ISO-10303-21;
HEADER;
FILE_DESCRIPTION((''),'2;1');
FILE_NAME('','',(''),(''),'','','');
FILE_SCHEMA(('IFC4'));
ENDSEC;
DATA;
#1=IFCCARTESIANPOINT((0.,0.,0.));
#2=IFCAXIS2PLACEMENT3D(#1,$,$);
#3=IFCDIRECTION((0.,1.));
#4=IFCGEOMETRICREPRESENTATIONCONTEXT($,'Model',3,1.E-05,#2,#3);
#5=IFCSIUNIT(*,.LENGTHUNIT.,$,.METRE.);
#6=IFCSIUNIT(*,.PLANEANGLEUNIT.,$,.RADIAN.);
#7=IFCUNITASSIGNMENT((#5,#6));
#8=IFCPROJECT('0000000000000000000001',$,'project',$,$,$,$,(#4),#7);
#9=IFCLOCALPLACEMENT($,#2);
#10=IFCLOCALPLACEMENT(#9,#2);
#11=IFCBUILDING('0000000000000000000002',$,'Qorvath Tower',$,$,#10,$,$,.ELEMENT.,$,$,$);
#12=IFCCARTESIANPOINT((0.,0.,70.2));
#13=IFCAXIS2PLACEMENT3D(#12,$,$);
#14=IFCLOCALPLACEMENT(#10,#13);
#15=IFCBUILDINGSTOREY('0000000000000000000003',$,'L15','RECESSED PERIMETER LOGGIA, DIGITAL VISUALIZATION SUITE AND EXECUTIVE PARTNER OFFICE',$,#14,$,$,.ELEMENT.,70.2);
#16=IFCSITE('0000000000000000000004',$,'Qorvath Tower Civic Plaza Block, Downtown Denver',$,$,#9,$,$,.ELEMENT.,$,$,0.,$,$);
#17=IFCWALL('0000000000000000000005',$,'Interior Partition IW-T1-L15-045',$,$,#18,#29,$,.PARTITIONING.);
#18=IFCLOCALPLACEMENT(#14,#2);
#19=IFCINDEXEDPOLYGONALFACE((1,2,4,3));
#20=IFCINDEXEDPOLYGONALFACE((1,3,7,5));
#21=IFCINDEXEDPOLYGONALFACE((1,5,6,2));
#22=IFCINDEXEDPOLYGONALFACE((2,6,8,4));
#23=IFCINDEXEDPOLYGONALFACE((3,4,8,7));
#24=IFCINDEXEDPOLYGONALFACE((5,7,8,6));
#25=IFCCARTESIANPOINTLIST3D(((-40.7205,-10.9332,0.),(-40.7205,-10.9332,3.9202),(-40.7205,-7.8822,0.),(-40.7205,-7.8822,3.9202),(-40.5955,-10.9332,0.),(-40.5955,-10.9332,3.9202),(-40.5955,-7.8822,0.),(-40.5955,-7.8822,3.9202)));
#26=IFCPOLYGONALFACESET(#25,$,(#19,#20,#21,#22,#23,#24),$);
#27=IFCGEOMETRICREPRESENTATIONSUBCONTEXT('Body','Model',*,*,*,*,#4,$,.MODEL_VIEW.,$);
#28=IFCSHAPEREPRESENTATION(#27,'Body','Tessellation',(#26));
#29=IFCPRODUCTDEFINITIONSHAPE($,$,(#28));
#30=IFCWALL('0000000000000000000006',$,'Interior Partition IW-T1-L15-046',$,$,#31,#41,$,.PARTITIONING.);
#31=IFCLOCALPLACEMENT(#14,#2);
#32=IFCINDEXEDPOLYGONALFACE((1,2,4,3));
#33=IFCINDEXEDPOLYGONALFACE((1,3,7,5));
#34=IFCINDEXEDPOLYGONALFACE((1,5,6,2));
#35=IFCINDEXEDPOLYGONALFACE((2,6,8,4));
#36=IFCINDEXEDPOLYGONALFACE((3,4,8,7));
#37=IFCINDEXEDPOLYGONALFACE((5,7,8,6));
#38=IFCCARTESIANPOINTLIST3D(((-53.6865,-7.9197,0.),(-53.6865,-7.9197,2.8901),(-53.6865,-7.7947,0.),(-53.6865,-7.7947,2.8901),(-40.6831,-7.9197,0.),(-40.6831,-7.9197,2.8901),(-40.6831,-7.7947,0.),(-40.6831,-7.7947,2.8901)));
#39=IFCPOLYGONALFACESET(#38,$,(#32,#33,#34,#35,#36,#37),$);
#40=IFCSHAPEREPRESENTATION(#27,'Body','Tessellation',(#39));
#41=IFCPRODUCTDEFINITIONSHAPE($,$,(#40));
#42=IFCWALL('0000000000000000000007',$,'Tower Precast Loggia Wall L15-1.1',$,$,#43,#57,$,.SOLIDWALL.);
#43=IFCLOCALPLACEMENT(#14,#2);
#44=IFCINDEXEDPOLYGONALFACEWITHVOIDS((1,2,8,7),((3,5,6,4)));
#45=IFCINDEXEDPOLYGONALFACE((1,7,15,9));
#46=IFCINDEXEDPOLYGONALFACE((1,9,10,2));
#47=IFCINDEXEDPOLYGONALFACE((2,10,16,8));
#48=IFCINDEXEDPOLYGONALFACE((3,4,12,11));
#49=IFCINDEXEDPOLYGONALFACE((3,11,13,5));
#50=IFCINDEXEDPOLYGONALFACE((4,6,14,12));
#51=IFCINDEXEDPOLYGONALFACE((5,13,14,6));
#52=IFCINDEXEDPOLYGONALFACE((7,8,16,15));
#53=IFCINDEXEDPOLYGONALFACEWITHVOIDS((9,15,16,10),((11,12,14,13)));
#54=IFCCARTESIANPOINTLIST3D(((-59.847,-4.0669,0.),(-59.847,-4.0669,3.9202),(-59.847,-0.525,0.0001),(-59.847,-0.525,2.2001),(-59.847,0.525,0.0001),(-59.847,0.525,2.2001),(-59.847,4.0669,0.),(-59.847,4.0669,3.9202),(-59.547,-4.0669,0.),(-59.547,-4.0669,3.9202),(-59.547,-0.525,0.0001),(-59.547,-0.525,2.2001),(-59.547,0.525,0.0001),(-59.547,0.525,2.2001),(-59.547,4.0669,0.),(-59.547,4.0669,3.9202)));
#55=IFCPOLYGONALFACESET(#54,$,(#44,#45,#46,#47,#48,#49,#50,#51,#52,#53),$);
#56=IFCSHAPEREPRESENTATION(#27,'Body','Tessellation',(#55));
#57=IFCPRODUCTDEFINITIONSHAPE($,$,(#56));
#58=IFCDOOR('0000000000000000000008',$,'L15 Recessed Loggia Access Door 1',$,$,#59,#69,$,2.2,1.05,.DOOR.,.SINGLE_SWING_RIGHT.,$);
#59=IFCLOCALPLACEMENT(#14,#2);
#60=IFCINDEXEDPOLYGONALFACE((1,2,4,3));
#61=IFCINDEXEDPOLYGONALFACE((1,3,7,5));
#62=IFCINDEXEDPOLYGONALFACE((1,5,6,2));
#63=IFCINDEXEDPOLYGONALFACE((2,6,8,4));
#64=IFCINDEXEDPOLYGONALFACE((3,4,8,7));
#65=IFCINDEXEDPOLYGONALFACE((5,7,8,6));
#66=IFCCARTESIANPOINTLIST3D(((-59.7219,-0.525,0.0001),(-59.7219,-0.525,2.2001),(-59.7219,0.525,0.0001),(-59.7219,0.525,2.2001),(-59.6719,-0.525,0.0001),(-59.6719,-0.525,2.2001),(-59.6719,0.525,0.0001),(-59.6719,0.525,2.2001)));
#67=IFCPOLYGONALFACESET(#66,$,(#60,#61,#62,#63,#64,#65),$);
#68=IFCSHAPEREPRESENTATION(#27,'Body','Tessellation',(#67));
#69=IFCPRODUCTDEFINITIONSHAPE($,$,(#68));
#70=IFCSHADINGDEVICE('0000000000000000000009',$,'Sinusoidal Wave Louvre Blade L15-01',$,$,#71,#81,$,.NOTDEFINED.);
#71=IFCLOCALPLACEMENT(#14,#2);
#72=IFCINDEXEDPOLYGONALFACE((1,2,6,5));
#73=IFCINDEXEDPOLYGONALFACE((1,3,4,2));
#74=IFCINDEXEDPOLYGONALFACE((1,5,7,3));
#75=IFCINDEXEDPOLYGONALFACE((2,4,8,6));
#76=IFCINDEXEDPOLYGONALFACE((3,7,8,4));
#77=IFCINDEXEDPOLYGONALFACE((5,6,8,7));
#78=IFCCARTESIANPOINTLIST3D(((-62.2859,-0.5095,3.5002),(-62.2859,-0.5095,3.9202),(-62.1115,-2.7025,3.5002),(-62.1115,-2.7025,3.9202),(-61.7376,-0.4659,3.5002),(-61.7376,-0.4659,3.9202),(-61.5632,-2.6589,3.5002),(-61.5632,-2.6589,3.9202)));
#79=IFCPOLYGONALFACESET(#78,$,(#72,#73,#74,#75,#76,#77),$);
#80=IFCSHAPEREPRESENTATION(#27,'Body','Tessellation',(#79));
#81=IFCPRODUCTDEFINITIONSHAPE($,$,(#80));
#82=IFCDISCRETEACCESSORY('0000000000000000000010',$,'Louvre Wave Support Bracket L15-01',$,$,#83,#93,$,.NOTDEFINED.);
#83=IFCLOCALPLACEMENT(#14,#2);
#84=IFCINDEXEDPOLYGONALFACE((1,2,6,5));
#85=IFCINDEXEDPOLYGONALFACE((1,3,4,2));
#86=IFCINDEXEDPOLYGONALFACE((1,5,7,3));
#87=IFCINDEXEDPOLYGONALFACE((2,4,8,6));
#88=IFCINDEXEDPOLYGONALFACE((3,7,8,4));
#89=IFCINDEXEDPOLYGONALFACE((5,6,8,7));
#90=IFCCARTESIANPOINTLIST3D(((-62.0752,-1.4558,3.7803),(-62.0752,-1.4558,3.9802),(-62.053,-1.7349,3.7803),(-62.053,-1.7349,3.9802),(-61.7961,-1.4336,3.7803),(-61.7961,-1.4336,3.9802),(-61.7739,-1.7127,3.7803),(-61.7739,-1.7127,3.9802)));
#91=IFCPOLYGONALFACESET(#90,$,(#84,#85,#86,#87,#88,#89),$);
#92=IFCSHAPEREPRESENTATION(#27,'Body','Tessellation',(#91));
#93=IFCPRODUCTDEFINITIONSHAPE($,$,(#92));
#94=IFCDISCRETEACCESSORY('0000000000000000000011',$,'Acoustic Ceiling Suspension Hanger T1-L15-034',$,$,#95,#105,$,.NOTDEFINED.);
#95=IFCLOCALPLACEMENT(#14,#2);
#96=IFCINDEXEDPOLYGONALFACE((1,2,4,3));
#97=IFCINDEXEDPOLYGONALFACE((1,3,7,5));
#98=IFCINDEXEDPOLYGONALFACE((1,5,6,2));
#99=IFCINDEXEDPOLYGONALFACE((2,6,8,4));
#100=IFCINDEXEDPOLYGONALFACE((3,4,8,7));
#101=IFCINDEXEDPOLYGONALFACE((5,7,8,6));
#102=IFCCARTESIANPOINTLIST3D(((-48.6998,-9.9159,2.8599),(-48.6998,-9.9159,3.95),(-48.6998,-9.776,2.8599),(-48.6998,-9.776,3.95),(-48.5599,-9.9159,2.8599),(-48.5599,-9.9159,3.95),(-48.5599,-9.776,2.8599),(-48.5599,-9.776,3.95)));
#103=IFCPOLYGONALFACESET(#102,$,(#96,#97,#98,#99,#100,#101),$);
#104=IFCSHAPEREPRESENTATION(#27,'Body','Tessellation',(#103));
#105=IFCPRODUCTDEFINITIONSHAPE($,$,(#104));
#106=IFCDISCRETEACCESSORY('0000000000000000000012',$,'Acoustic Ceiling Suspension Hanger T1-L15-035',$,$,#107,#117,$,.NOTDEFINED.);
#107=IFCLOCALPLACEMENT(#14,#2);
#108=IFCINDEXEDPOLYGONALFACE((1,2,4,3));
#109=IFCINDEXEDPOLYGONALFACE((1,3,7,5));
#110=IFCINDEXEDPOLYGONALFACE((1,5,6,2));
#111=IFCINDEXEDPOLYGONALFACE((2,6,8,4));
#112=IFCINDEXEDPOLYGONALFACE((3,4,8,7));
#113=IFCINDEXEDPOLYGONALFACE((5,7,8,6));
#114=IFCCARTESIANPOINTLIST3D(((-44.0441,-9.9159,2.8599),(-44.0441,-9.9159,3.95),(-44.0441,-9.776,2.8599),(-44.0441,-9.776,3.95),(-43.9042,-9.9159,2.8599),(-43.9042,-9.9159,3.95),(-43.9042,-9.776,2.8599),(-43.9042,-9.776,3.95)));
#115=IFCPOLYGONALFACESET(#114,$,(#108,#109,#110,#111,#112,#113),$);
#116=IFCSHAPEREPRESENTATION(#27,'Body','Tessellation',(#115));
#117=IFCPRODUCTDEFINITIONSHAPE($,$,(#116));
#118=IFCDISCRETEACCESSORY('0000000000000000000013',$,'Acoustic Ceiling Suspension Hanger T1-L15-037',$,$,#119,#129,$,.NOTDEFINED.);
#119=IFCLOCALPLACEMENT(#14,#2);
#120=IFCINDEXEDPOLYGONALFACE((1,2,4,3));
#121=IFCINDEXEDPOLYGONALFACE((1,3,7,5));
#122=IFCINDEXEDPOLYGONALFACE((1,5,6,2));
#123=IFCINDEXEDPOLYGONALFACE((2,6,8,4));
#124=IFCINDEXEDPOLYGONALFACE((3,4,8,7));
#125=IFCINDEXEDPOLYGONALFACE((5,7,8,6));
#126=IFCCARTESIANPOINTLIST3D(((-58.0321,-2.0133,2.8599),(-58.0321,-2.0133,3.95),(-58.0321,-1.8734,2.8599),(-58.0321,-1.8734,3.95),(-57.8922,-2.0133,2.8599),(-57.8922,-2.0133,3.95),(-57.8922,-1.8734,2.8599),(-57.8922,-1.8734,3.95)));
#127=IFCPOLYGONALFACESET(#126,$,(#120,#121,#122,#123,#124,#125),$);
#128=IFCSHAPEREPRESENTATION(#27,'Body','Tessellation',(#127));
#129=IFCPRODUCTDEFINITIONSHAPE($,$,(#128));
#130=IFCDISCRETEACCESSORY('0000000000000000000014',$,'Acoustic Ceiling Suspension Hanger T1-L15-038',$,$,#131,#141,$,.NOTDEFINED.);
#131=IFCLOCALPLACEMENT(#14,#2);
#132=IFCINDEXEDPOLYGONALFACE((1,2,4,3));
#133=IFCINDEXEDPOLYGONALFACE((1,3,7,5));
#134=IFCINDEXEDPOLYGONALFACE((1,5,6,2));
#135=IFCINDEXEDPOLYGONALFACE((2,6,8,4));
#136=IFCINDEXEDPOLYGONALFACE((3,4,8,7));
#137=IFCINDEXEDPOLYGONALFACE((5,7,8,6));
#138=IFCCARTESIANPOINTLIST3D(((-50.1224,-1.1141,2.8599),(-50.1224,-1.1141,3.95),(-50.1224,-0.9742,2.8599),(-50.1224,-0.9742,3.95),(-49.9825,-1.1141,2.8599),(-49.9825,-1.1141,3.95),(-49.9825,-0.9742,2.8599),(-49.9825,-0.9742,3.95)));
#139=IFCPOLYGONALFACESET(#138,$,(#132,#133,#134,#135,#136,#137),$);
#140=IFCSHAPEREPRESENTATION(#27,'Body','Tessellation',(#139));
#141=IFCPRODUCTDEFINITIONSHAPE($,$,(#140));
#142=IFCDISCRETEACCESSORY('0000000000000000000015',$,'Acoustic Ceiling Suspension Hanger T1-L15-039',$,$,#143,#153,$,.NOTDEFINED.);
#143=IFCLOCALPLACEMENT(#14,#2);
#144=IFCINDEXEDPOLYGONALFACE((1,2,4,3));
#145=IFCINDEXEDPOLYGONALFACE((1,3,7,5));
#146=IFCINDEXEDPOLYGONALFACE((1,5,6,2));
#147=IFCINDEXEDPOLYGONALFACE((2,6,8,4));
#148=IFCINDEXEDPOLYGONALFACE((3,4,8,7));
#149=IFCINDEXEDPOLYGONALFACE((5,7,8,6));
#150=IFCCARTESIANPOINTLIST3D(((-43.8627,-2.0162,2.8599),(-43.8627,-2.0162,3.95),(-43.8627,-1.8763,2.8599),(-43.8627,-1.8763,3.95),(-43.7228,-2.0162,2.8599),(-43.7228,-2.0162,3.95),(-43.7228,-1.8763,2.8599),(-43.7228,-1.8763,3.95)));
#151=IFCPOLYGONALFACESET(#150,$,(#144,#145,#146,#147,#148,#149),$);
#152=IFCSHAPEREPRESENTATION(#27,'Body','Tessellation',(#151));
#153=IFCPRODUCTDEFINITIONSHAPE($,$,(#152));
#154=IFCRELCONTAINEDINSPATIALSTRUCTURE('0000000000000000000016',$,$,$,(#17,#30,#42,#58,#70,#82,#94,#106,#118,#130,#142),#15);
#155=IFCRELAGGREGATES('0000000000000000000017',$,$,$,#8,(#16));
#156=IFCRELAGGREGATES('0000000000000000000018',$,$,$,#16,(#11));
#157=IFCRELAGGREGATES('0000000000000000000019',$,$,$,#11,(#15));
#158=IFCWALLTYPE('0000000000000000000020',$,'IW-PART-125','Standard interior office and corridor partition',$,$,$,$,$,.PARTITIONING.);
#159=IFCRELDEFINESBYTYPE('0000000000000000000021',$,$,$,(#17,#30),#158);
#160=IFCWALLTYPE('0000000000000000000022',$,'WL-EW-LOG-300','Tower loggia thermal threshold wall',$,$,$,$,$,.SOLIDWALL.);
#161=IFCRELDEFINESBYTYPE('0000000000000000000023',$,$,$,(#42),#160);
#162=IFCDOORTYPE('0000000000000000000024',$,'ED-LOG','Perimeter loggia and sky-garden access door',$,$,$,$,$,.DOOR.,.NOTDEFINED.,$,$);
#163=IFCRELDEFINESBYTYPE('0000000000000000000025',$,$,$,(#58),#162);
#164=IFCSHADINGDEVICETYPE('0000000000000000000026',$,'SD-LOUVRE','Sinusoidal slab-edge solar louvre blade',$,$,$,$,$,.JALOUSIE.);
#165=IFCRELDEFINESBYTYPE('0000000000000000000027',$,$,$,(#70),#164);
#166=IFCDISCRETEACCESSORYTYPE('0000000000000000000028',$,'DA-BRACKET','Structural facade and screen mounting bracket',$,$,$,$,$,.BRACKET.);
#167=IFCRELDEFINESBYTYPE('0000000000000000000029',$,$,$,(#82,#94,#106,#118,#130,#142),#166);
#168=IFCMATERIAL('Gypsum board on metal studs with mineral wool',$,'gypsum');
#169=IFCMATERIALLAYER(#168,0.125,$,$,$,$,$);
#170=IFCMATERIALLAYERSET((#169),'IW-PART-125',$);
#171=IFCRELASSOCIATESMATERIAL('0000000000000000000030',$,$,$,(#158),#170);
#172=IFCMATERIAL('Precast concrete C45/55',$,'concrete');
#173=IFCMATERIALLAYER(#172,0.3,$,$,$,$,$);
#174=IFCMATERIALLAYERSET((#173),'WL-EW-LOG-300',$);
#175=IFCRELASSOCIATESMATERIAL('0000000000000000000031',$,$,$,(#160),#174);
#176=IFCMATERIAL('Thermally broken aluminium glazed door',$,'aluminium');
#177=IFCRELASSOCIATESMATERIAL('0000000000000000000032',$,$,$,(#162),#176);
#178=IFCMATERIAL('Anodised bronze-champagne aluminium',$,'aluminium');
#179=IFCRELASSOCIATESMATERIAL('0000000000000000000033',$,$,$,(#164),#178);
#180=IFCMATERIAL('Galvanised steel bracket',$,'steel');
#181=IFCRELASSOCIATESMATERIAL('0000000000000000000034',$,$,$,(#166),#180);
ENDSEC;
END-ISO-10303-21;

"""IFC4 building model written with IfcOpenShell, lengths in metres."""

from ifc_helpers import new_model, si_unit, direction, frame, frame_2d, origin, origin_2d, place, context, subcontext, project, spatial, rectangle, extrude, material, layer, layer_set, type_object, element, fill, save


model = new_model("IFC4")

# Units and contexts
model_context = context("Model", 3, precision=1e-05, world=origin(), true_north=direction((0.0, 1.0)))
body_context = subcontext(model_context, "Body", "Model", "MODEL_VIEW")
ifc_project = project(units=[si_unit("LENGTHUNIT", "METRE"), si_unit("PLANEANGLEUNIT", "RADIAN")], contexts=[model_context])

# Site, building, storey
site_placement = place(None, origin())
site = spatial("IfcSite", under=ifc_project, at=site_placement, Name="Qorvath Tower Civic Plaza Block, Downtown Denver", CompositionType="ELEMENT", RefElevation=0.0)
building_placement = place(site_placement, origin())
building = spatial("IfcBuilding", under=site, at=building_placement, Name="Qorvath Tower", CompositionType="ELEMENT")
storey_placement = place(building_placement, frame((0.0, 0.0, 70.2)))
storey = spatial("IfcBuildingStorey", under=building, at=storey_placement, Name="L15", Description="RECESSED PERIMETER LOGGIA, DIGITAL VISUALIZATION SUITE AND EXECUTIVE PARTNER OFFICE", CompositionType="ELEMENT", Elevation=70.2)

# Walls
ifc_material_1 = material(Name="Gypsum board on metal studs with mineral wool", Category="gypsum")
ifc_layer_1 = layer(ifc_material_1, 0.125)
ifc_layer_set_1 = layer_set([ifc_layer_1], Name="IW-PART-125")
wall_type_1 = type_object("IfcWallType", Name="IW-PART-125", Description="Standard interior office and corridor partition", PredefinedType="PARTITIONING", material=ifc_layer_set_1)
wall_1_placement = place(storey_placement, frame((-40.658, -10.9331, 0.0), z_axis=(0.0, 0.0, 1.0), x_axis=(0.0, 1.0, 0.0)))
element("IfcWall", 1, at=wall_1_placement, inside=storey, type_object=wall_type_1, Name="Interior Partition IW-T1-L15-045", PredefinedType="PARTITIONING", context=body_context, shape_type="SweptSolid", body=[
    extrude(rectangle(XDim=3.051, YDim=0.125, at=frame_2d((1.5254, 0.0))), origin(), (0.0, 0.0, 1.0), 3.9202),
])
wall_2_placement = place(storey_placement, frame((-40.6831, -7.8572, 0.0), z_axis=(0.0, 0.0, 1.0), x_axis=(-1.0, 0.0, 0.0)))
element("IfcWall", 2, at=wall_2_placement, inside=storey, type_object=wall_type_1, Name="Interior Partition IW-T1-L15-046", PredefinedType="PARTITIONING", context=body_context, shape_type="SweptSolid", body=[
    extrude(rectangle(XDim=13.0034, YDim=0.125, at=frame_2d((6.5017, 0.0))), origin(), (0.0, 0.0, 1.0), 2.8901),
])

# Wall, opening, door
ifc_material_2 = material(Name="Precast concrete C45/55", Category="concrete")
ifc_layer_2 = layer(ifc_material_2, 0.3)
ifc_layer_set_2 = layer_set([ifc_layer_2], Name="WL-EW-LOG-300")
wall_type_2 = type_object("IfcWallType", Name="WL-EW-LOG-300", Description="Tower loggia thermal threshold wall", PredefinedType="SOLIDWALL", material=ifc_layer_set_2)
wall_3_placement = place(storey_placement, frame((-59.697, -4.0669, 0.0), z_axis=(0.0, 0.0, 1.0), x_axis=(0.0, 1.0, 0.0)))
wall_3 = element("IfcWall", 3, at=wall_3_placement, inside=storey, type_object=wall_type_2, Name="Tower Precast Loggia Wall L15-1.1", PredefinedType="SOLIDWALL", context=body_context, shape_type="SweptSolid", body=[
    extrude(rectangle(XDim=8.1338, YDim=0.3, at=frame_2d((4.0669, 0.0))), origin(), (0.0, 0.0, 1.0), 3.9202),
])
opening_placement = place(wall_3_placement, frame((3.542, 0.0, 0.0)))
opening = element("IfcOpeningElement", 4, at=opening_placement, cuts=wall_3, PredefinedType="OPENING", context=body_context, shape_type="SweptSolid", body=[
    extrude(rectangle(XDim=1.05, YDim=2.2, at=frame_2d((0.5249, 1.1001))), frame((0.0, 0.1602, 0.0), z_axis=(0.0, -1.0, 0.0), x_axis=(1.0, 0.0, 0.0)), (0.0, 0.0, 1.0), 0.3201),
])
ifc_material_3 = material(Name="Thermally broken aluminium glazed door", Category="aluminium")
door_type = type_object("IfcDoorType", Name="ED-LOG", Description="Perimeter loggia and sky-garden access door", OperationType="NOTDEFINED", PredefinedType="DOOR", material=ifc_material_3)
door_placement = place(opening_placement, origin())
door = element("IfcDoor", 5, at=door_placement, inside=storey, type_object=door_type, Name="L15 Recessed Loggia Access Door 1", OperationType="SINGLE_SWING_RIGHT", OverallHeight=2.2, OverallWidth=1.05, PredefinedType="DOOR", context=body_context, shape_type="SweptSolid", body=[
    extrude(rectangle(XDim=1.05, YDim=2.2, at=frame_2d((0.5249, 1.1001))), frame((0.0, 0.0249, 0.0), z_axis=(0.0, -1.0, 0.0), x_axis=(1.0, 0.0, 0.0)), (0.0, 0.0, 1.0), 0.05),
])
fill(opening, door)

# Shading device
ifc_material_4 = material(Name="Anodised bronze-champagne aluminium", Category="aluminium")
shading_device_type = type_object("IfcShadingDeviceType", Name="SD-LOUVRE", Description="Sinusoidal slab-edge solar louvre blade", PredefinedType="JALOUSIE", material=ifc_material_4)
shading_device_placement = place(storey_placement, frame((-61.9246, -1.5842, 3.5002), z_axis=(0.0, 0.0, 1.0), x_axis=(0.079249, -0.996855, 0.0)))
element("IfcShadingDevice", 6, at=shading_device_placement, inside=storey, type_object=shading_device_type, Name="Sinusoidal Wave Louvre Blade L15-01", PredefinedType="NOTDEFINED", context=body_context, shape_type="SweptSolid", body=[
    extrude(rectangle(XDim=2.2, YDim=0.55, at=origin_2d()), origin(), (0.0, 0.0, 1.0), 0.4199),
])

# Discrete accessories
ifc_material_5 = material(Name="Galvanised steel bracket", Category="steel")
discrete_accessory_type = type_object("IfcDiscreteAccessoryType", Name="DA-BRACKET", Description="Structural facade and screen mounting bracket", PredefinedType="BRACKET", material=ifc_material_5)
discrete_accessory_placement = place(storey_placement, frame((-61.9246, -1.5842, 3.7803), z_axis=(0.0, 0.0, 1.0), x_axis=(0.079249, -0.996855, 0.0)))
element("IfcDiscreteAccessory", 7, at=discrete_accessory_placement, inside=storey, type_object=discrete_accessory_type, Name="Louvre Wave Support Bracket L15-01", PredefinedType="NOTDEFINED", context=body_context, shape_type="SweptSolid", body=[
    extrude(rectangle(XDim=0.28, YDim=0.28, at=origin_2d()), origin(), (0.0, 0.0, 1.0), 0.2),
])
for number, where, z_axis, x_axis, name in (
    (8, (-48.6299, -9.8459, 2.8599), (0.0, 0.0, 1.0), (1.0, 0.0, 0.0), "Acoustic Ceiling Suspension Hanger T1-L15-034"),
    (9, (-43.9741, -9.8459, 2.8599), (0.0, 0.0, 1.0), (1.0, 0.0, 0.0), "Acoustic Ceiling Suspension Hanger T1-L15-035"),
    (10, (-57.9622, -1.9434, 2.8599), (0.0, 0.0, 1.0), (1.0, 0.0, 0.0), "Acoustic Ceiling Suspension Hanger T1-L15-037"),
    (11, (-50.0525, -1.0442, 2.8599), (0.0, 0.0, 1.0), (1.0, 0.0, 0.0), "Acoustic Ceiling Suspension Hanger T1-L15-038"),
    (12, (-43.7927, -1.9463, 2.8599), (0.0, 0.0, 1.0), (1.0, 0.0, 0.0), "Acoustic Ceiling Suspension Hanger T1-L15-039"),
):
    element("IfcDiscreteAccessory", number, at=place(storey_placement, frame(where, z_axis=z_axis, x_axis=x_axis)), inside=storey, type_object=discrete_accessory_type, Name=name, PredefinedType="NOTDEFINED", context=body_context, shape_type="SweptSolid", body=[
        extrude(rectangle(XDim=0.1399, YDim=0.1399, at=origin_2d()), origin(), (0.0, 0.0, 1.0), 1.0901),
    ])

save(model, "model.ifc")
